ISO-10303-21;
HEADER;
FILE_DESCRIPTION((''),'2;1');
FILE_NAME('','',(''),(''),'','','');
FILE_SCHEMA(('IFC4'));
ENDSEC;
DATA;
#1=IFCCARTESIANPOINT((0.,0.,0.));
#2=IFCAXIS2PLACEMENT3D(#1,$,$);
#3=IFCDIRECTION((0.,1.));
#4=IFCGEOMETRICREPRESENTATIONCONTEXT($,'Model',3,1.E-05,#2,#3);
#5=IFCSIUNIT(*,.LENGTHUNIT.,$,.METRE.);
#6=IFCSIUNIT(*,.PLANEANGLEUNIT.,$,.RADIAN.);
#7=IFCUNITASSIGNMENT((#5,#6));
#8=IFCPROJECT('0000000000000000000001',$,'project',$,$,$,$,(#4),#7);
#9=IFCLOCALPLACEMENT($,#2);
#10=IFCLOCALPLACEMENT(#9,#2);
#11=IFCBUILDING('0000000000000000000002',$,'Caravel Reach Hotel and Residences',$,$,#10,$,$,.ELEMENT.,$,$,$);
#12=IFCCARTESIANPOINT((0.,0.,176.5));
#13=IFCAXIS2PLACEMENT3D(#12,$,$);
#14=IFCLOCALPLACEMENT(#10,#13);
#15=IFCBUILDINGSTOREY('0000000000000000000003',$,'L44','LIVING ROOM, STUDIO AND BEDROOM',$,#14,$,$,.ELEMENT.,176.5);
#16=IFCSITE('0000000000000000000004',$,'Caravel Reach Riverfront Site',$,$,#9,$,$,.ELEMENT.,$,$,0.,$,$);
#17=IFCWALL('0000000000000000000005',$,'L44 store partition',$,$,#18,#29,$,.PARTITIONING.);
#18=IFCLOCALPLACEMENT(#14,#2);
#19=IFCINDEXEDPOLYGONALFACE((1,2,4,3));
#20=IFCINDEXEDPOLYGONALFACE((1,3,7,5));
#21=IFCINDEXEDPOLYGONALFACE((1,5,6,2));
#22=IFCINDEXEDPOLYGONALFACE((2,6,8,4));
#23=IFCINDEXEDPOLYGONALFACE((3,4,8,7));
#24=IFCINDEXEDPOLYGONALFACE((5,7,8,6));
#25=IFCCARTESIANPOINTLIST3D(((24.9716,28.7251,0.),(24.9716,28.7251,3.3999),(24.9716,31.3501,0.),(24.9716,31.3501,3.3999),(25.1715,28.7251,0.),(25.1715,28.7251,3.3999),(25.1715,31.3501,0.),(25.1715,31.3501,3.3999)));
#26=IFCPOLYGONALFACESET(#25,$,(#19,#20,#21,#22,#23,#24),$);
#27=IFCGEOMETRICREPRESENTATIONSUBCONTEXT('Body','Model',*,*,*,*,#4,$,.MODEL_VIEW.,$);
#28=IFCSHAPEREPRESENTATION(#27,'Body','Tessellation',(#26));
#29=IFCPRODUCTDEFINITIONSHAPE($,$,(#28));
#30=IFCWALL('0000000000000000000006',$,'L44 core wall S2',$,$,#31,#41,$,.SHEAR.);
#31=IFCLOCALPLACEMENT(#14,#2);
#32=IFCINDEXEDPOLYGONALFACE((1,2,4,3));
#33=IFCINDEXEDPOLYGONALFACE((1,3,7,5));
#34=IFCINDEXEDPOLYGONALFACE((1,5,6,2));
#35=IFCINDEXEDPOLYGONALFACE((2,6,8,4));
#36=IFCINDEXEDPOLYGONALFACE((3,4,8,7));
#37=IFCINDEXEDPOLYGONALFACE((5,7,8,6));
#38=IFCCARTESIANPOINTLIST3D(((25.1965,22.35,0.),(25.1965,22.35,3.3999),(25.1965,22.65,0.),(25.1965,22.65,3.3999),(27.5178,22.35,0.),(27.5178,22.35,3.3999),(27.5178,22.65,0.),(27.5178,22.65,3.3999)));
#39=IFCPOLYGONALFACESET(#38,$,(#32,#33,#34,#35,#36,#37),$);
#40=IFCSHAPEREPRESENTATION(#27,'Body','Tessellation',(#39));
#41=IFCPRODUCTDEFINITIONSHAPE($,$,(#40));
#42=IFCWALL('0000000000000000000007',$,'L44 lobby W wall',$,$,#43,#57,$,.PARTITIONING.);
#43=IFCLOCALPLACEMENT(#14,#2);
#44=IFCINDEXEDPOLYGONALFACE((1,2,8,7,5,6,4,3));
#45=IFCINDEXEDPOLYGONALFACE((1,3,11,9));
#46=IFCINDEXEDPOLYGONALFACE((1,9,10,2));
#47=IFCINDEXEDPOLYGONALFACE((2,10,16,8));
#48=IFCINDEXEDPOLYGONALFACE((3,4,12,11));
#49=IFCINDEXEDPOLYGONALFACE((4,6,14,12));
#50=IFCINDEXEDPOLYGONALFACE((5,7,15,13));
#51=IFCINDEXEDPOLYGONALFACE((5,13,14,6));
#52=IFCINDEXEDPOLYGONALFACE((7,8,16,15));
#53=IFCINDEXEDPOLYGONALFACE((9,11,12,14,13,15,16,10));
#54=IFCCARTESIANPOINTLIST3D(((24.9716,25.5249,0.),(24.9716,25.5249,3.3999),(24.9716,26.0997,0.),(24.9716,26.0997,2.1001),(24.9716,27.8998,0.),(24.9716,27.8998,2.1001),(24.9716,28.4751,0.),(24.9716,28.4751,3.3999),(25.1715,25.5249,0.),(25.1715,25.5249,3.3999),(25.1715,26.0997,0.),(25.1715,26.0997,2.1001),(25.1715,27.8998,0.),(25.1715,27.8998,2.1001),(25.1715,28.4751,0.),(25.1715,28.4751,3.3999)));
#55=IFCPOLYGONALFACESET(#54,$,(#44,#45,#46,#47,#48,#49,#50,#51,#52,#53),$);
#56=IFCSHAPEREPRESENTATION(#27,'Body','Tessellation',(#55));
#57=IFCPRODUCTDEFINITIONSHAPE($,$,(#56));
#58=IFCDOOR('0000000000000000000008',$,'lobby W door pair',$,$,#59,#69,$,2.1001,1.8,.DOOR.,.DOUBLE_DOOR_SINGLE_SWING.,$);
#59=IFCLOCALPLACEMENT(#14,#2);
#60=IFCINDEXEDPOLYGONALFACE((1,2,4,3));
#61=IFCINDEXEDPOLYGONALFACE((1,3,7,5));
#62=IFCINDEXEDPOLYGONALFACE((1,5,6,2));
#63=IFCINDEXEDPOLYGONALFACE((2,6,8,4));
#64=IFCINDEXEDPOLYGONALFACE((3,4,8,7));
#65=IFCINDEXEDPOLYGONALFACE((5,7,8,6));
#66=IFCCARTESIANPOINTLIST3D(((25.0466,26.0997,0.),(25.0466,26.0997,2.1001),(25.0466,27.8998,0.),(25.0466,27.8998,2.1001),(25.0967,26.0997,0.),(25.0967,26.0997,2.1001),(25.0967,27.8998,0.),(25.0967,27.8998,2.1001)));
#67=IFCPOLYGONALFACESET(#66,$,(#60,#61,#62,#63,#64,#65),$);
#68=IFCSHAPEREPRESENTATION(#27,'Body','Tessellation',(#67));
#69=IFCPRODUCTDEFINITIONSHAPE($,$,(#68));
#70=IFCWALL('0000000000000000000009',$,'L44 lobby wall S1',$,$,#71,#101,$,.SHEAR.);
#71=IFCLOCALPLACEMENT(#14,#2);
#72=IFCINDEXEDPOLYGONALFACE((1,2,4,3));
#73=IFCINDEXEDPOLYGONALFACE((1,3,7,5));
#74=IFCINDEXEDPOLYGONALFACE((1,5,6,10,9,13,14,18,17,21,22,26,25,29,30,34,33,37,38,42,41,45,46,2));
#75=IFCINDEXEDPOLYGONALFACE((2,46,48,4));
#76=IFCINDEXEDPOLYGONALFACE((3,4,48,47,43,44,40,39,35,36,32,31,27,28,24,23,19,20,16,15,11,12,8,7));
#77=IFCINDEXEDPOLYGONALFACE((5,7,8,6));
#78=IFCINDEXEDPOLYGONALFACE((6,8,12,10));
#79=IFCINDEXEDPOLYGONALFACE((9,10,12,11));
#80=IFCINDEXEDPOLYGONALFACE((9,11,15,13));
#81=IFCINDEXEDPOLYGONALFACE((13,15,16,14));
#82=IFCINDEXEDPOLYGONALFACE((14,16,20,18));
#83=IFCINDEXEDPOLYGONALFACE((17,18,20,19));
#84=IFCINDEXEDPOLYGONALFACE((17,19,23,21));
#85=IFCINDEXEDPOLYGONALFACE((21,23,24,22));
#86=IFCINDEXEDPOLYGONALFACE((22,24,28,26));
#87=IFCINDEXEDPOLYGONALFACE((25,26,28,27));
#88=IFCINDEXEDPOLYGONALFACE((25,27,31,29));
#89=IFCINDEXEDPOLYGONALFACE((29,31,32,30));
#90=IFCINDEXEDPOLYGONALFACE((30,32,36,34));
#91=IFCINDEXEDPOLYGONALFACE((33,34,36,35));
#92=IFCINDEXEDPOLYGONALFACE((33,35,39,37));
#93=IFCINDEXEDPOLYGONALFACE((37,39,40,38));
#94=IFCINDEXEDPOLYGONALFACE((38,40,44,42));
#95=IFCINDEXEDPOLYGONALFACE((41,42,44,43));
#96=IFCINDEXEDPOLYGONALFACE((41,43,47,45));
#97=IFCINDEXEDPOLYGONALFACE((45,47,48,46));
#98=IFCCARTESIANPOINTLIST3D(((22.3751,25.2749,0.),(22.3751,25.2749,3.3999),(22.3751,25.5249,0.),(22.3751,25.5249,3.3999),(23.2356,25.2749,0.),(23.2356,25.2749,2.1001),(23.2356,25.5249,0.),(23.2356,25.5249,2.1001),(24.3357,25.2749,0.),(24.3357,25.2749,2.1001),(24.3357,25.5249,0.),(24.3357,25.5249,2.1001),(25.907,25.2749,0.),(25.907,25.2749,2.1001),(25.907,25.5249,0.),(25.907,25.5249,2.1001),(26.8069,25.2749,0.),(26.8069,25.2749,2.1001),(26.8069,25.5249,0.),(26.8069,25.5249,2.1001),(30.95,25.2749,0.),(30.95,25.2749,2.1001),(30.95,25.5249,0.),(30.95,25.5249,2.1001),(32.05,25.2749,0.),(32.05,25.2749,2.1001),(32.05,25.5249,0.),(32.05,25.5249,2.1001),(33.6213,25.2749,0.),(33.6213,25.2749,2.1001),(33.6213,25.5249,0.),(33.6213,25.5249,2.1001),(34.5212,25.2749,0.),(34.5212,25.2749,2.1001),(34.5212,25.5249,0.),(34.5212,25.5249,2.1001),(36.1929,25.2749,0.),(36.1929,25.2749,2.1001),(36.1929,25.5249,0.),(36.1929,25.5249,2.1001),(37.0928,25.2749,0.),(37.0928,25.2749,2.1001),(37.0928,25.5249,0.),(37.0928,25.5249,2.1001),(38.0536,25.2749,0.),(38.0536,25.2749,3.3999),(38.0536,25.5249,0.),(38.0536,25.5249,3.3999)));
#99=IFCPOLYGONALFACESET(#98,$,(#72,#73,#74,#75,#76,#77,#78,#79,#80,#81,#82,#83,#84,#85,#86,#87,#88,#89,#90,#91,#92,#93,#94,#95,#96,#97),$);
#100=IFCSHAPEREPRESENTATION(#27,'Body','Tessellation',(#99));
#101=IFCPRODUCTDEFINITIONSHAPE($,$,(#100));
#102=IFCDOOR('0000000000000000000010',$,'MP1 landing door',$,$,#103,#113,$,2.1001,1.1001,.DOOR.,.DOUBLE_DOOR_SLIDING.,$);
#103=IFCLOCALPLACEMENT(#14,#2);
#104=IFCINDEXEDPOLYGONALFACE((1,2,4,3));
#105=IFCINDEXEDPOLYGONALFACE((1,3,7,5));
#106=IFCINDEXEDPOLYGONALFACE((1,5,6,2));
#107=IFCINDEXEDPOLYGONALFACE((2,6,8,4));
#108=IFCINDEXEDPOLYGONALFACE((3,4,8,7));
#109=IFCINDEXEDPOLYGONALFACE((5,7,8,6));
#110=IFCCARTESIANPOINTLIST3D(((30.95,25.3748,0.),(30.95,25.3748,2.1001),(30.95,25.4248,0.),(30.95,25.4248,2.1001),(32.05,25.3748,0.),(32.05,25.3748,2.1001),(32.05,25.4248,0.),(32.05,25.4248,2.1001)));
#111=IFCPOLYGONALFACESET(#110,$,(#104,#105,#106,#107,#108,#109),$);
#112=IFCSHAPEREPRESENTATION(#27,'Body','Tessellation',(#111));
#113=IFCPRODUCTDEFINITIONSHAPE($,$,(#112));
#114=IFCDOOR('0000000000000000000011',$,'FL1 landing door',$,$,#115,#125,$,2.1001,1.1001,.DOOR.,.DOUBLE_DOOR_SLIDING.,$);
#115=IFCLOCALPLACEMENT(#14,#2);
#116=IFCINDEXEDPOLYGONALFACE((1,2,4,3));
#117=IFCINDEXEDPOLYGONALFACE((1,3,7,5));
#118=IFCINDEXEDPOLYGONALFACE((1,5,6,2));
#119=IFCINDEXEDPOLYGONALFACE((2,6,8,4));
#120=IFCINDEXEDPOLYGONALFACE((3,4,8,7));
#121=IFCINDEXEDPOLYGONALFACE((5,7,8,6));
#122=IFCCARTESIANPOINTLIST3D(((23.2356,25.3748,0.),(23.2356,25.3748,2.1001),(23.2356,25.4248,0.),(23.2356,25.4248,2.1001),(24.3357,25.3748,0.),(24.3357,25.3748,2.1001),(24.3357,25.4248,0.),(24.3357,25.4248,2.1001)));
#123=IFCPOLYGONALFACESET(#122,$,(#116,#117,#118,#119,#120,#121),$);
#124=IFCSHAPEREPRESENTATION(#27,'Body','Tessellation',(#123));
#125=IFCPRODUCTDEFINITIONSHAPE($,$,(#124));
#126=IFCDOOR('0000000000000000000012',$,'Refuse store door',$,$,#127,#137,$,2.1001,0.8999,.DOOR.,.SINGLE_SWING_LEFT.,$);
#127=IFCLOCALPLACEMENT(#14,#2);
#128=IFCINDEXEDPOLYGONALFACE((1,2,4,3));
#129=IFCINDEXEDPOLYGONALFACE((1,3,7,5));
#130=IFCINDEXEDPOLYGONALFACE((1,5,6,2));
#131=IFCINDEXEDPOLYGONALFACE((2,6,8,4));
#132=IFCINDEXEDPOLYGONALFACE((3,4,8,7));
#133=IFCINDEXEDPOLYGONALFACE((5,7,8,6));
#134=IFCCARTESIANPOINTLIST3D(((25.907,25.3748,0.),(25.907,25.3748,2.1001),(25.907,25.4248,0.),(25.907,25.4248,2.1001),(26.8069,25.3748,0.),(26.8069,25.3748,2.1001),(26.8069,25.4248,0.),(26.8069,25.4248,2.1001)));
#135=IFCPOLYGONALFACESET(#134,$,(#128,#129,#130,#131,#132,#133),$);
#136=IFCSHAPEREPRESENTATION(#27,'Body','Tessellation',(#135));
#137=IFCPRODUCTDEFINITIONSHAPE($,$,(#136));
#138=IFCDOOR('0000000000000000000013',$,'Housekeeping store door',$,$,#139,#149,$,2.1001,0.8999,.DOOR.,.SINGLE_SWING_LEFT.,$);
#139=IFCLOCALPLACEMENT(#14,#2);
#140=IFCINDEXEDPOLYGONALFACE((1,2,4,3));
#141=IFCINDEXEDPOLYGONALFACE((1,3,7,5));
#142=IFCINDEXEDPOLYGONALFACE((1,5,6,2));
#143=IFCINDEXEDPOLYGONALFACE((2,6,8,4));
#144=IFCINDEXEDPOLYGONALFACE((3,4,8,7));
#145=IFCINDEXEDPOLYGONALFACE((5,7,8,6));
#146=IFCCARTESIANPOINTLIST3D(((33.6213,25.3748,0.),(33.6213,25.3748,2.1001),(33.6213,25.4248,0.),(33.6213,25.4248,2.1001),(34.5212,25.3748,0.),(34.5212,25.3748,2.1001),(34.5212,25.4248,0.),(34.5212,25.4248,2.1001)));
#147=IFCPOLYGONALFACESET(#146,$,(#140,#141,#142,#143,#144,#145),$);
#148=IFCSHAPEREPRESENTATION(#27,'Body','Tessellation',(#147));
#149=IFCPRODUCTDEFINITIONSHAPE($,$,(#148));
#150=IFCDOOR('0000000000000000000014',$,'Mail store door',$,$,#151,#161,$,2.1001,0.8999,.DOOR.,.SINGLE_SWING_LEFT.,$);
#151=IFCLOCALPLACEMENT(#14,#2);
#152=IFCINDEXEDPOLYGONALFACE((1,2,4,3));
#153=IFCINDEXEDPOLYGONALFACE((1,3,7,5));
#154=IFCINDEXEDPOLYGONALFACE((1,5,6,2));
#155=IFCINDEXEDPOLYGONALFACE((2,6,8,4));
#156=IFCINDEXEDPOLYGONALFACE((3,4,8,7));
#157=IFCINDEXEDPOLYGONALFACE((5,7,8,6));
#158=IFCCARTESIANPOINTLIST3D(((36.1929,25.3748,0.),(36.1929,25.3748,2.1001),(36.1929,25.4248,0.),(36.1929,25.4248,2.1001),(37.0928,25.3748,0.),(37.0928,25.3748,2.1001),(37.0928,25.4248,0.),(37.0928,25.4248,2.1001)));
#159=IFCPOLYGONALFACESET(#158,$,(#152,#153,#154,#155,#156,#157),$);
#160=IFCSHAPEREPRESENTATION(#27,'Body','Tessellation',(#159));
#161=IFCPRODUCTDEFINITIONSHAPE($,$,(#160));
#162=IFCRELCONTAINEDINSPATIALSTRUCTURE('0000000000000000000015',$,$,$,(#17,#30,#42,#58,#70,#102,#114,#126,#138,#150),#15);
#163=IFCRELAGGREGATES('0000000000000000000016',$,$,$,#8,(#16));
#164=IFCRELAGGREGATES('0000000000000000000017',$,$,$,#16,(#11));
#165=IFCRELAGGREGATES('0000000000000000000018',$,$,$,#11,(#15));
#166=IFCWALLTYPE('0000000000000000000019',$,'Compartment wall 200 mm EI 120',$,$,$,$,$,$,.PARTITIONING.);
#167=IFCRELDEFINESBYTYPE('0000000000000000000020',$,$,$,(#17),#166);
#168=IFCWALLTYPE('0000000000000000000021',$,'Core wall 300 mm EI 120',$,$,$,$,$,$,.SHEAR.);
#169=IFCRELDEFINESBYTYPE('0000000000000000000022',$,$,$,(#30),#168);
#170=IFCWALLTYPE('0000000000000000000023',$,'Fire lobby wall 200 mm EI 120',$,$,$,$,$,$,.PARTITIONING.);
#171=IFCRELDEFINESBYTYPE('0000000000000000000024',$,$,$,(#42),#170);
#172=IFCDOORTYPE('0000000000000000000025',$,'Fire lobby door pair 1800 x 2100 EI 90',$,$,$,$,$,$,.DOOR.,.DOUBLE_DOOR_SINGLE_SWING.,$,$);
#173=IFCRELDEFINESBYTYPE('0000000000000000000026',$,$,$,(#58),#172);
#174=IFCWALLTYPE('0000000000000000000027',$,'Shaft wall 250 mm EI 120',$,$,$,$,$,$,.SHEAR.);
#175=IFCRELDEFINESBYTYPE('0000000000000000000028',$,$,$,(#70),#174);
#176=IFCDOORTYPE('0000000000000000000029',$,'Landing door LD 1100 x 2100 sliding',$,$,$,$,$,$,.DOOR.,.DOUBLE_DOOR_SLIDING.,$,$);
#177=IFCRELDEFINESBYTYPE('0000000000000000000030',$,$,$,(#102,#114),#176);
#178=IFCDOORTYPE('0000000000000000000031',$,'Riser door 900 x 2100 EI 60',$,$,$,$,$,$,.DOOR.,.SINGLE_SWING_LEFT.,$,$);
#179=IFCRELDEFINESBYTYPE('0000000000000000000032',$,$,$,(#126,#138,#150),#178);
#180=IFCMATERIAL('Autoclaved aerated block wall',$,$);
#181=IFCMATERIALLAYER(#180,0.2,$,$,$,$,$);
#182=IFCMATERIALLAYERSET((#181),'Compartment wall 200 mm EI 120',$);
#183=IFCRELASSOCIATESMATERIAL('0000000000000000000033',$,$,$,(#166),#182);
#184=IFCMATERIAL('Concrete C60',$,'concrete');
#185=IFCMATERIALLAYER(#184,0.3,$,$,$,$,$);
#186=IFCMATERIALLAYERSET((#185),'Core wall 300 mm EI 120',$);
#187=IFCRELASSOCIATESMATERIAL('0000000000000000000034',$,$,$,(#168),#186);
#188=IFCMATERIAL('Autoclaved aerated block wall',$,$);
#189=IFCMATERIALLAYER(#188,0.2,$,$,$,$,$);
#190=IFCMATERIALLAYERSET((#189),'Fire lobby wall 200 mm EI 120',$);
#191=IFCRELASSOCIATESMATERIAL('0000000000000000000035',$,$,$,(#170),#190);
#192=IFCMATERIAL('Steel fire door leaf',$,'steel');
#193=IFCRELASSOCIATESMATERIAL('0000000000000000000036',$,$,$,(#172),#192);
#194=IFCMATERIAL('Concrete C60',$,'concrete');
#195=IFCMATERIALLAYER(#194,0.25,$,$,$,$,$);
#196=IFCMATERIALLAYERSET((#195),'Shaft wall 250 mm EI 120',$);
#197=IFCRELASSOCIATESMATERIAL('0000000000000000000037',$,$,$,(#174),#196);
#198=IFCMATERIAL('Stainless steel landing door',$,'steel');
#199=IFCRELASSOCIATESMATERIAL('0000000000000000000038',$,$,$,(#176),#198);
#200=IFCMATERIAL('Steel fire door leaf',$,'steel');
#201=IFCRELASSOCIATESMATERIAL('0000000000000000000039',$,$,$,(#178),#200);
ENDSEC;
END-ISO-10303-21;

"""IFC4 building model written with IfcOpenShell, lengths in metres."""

from ifc_helpers import new_model, si_unit, direction, frame, frame_2d, origin, place, context, subcontext, project, spatial, rectangle, extrude, material, layer, layer_set, type_object, element, fill, save


model = new_model("IFC4")

# Units and contexts
model_context = context("Model", 3, precision=1e-05, world=origin(), true_north=direction((0.0, 1.0)))
body_context = subcontext(model_context, "Body", "Model", "MODEL_VIEW")
ifc_project = project(units=[si_unit("LENGTHUNIT", "METRE"), si_unit("PLANEANGLEUNIT", "RADIAN")], contexts=[model_context])

# Site, building, storey
site_placement = place(None, origin())
site = spatial("IfcSite", under=ifc_project, at=site_placement, Name="Caravel Reach Riverfront Site", CompositionType="ELEMENT", RefElevation=0.0)
building_placement = place(site_placement, origin())
building = spatial("IfcBuilding", under=site, at=building_placement, Name="Caravel Reach Hotel and Residences", CompositionType="ELEMENT")
storey_placement = place(building_placement, frame((0.0, 0.0, 176.5)))
storey = spatial("IfcBuildingStorey", under=building, at=storey_placement, Name="L44", Description="LIVING ROOM, STUDIO AND BEDROOM", CompositionType="ELEMENT", Elevation=176.5)

# Walls
ifc_material_1 = material(Name="Autoclaved aerated block wall")
ifc_layer_1 = layer(ifc_material_1, 0.2)
ifc_layer_set_1 = layer_set([ifc_layer_1], Name="Compartment wall 200 mm EI 120")
wall_type_1 = type_object("IfcWallType", Name="Compartment wall 200 mm EI 120", PredefinedType="PARTITIONING", material=ifc_layer_set_1)
wall_1_placement = place(storey_placement, frame((25.0715, 28.7251, 0.0), z_axis=(0.0, 0.0, 1.0), x_axis=(0.0, 1.0, 0.0)))
element("IfcWall", 1, at=wall_1_placement, inside=storey, type_object=wall_type_1, Name="L44 store partition", PredefinedType="PARTITIONING", context=body_context, shape_type="SweptSolid", body=[
    extrude(rectangle(XDim=2.625, YDim=0.2, at=frame_2d((1.3125, 0.0))), origin(), (0.0, 0.0, 1.0), 3.3999),
])
ifc_material_2 = material(Name="Concrete C60", Category="concrete")
ifc_layer_2 = layer(ifc_material_2, 0.3)
ifc_layer_set_2 = layer_set([ifc_layer_2], Name="Core wall 300 mm EI 120")
wall_type_2 = type_object("IfcWallType", Name="Core wall 300 mm EI 120", PredefinedType="SHEAR", material=ifc_layer_set_2)
wall_2_placement = place(storey_placement, frame((25.1965, 22.5, 0.0), z_axis=(0.0, 0.0, 1.0), x_axis=(1.0, 0.0, 0.0)))
element("IfcWall", 2, at=wall_2_placement, inside=storey, type_object=wall_type_2, Name="L44 core wall S2", PredefinedType="SHEAR", context=body_context, shape_type="SweptSolid", body=[
    extrude(rectangle(XDim=2.3213, YDim=0.3, at=frame_2d((1.1606, 0.0))), origin(), (0.0, 0.0, 1.0), 3.3999),
])

# Wall, opening, door
ifc_material_3 = material(Name="Autoclaved aerated block wall")
ifc_layer_3 = layer(ifc_material_3, 0.2)
ifc_layer_set_3 = layer_set([ifc_layer_3], Name="Fire lobby wall 200 mm EI 120")
wall_type_3 = type_object("IfcWallType", Name="Fire lobby wall 200 mm EI 120", PredefinedType="PARTITIONING", material=ifc_layer_set_3)
wall_3_placement = place(storey_placement, frame((25.0715, 25.5249, 0.0), z_axis=(0.0, 0.0, 1.0), x_axis=(0.0, 1.0, 0.0)))
wall_3 = element("IfcWall", 3, at=wall_3_placement, inside=storey, type_object=wall_type_3, Name="L44 lobby W wall", PredefinedType="PARTITIONING", context=body_context, shape_type="SweptSolid", body=[
    extrude(rectangle(XDim=2.9502, YDim=0.2, at=frame_2d((1.4751, 0.0))), origin(), (0.0, 0.0, 1.0), 3.3999),
])
opening_1_placement = place(wall_3_placement, frame((0.575, 0.0, 0.0)))
opening_1 = element("IfcOpeningElement", 4, at=opening_1_placement, cuts=wall_3, PredefinedType="OPENING", context=body_context, shape_type="SweptSolid", body=[
    extrude(rectangle(XDim=1.8, YDim=2.1001, at=frame_2d((0.8999, 1.05))), frame((0.0, 0.1099, 0.0), z_axis=(0.0, -1.0, 0.0), x_axis=(1.0, 0.0, 0.0)), (0.0, 0.0, 1.0), 0.22),
])
ifc_material_4 = material(Name="Steel fire door leaf", Category="steel")
door_type_1 = type_object("IfcDoorType", Name="Fire lobby door pair 1800 x 2100 EI 90", OperationType="DOUBLE_DOOR_SINGLE_SWING", PredefinedType="DOOR", material=ifc_material_4)
door_1_placement = place(opening_1_placement, origin())
door_1 = element("IfcDoor", 5, at=door_1_placement, inside=storey, type_object=door_type_1, Name="lobby W door pair", OperationType="DOUBLE_DOOR_SINGLE_SWING", OverallHeight=2.1001, OverallWidth=1.8, PredefinedType="DOOR", context=body_context, shape_type="SweptSolid", body=[
    extrude(rectangle(XDim=1.8, YDim=2.1001, at=frame_2d((0.8999, 1.05))), frame((0.0, 0.0249, 0.0), z_axis=(0.0, -1.0, 0.0), x_axis=(1.0, 0.0, 0.0)), (0.0, 0.0, 1.0), 0.05),
])
fill(opening_1, door_1)

# Wall, openings, doors
ifc_material_5 = material(Name="Concrete C60", Category="concrete")
ifc_layer_4 = layer(ifc_material_5, 0.25)
ifc_layer_set_4 = layer_set([ifc_layer_4], Name="Shaft wall 250 mm EI 120")
wall_type_4 = type_object("IfcWallType", Name="Shaft wall 250 mm EI 120", PredefinedType="SHEAR", material=ifc_layer_set_4)
wall_4_placement = place(storey_placement, frame((22.375, 25.3999, 0.0), z_axis=(0.0, 0.0, 1.0), x_axis=(1.0, 0.0, 0.0)))
wall_4 = element("IfcWall", 6, at=wall_4_placement, inside=storey, type_object=wall_type_4, Name="L44 lobby wall S1", PredefinedType="SHEAR", context=body_context, shape_type="SweptSolid", body=[
    extrude(rectangle(XDim=15.6785, YDim=0.25, at=frame_2d((7.8394, 0.0))), origin(), (0.0, 0.0, 1.0), 3.3999),
])
opening_2_placement = place(wall_4_placement, frame((8.575, 0.0, 0.0)))
opening_2 = element("IfcOpeningElement", 7, at=opening_2_placement, cuts=wall_4, PredefinedType="OPENING", context=body_context, shape_type="SweptSolid", body=[
    extrude(rectangle(XDim=1.1001, YDim=2.1001, at=frame_2d((0.55, 1.05))), frame((0.0, 0.135, 0.0), z_axis=(0.0, -1.0, 0.0), x_axis=(1.0, 0.0, 0.0)), (0.0, 0.0, 1.0), 0.27),
])
opening_3_placement = place(wall_4_placement, frame((0.8606, 0.0, 0.0)))
opening_3 = element("IfcOpeningElement", 8, at=opening_3_placement, cuts=wall_4, PredefinedType="OPENING", context=body_context, shape_type="SweptSolid", body=[
    extrude(rectangle(XDim=1.1001, YDim=2.1001, at=frame_2d((0.55, 1.05))), frame((0.0, 0.135, 0.0), z_axis=(0.0, -1.0, 0.0), x_axis=(1.0, 0.0, 0.0)), (0.0, 0.0, 1.0), 0.27),
])
opening_4_placement = place(wall_4_placement, frame((3.532, 0.0, 0.0)))
opening_4 = element("IfcOpeningElement", 9, at=opening_4_placement, cuts=wall_4, PredefinedType="OPENING", context=body_context, shape_type="SweptSolid", body=[
    extrude(rectangle(XDim=0.8999, YDim=2.1001, at=frame_2d((0.45, 1.05))), frame((0.0, 0.135, 0.0), z_axis=(0.0, -1.0, 0.0), x_axis=(1.0, 0.0, 0.0)), (0.0, 0.0, 1.0), 0.27),
])
opening_5_placement = place(wall_4_placement, frame((11.2463, 0.0, 0.0)))
opening_5 = element("IfcOpeningElement", 10, at=opening_5_placement, cuts=wall_4, PredefinedType="OPENING", context=body_context, shape_type="SweptSolid", body=[
    extrude(rectangle(XDim=0.8999, YDim=2.1001, at=frame_2d((0.45, 1.05))), frame((0.0, 0.135, 0.0), z_axis=(0.0, -1.0, 0.0), x_axis=(1.0, 0.0, 0.0)), (0.0, 0.0, 1.0), 0.27),
])
opening_6_placement = place(wall_4_placement, frame((13.8179, 0.0, 0.0)))
opening_6 = element("IfcOpeningElement", 11, at=opening_6_placement, cuts=wall_4, PredefinedType="OPENING", context=body_context, shape_type="SweptSolid", body=[
    extrude(rectangle(XDim=0.8999, YDim=2.1001, at=frame_2d((0.45, 1.05))), frame((0.0, 0.135, 0.0), z_axis=(0.0, -1.0, 0.0), x_axis=(1.0, 0.0, 0.0)), (0.0, 0.0, 1.0), 0.27),
])
ifc_material_6 = material(Name="Stainless steel landing door", Category="steel")
door_type_2 = type_object("IfcDoorType", Name="Landing door LD 1100 x 2100 sliding", OperationType="DOUBLE_DOOR_SLIDING", PredefinedType="DOOR", material=ifc_material_6)
door_2_placement = place(opening_2_placement, origin())
door_2 = element("IfcDoor", 12, at=door_2_placement, inside=storey, type_object=door_type_2, Name="MP1 landing door", OperationType="DOUBLE_DOOR_SLIDING", OverallHeight=2.1001, OverallWidth=1.1001, PredefinedType="DOOR", context=body_context, shape_type="SweptSolid", body=[
    extrude(rectangle(XDim=1.1001, YDim=2.1001, at=frame_2d((0.55, 1.05))), frame((0.0, 0.0249, 0.0), z_axis=(0.0, -1.0, 0.0), x_axis=(1.0, 0.0, 0.0)), (0.0, 0.0, 1.0), 0.05),
])
fill(opening_2, door_2)
door_3_placement = place(opening_3_placement, origin())
door_3 = element("IfcDoor", 13, at=door_3_placement, inside=storey, type_object=door_type_2, Name="FL1 landing door", OperationType="DOUBLE_DOOR_SLIDING", OverallHeight=2.1001, OverallWidth=1.1001, PredefinedType="DOOR", context=body_context, shape_type="SweptSolid", body=[
    extrude(rectangle(XDim=1.1001, YDim=2.1001, at=frame_2d((0.55, 1.05))), frame((0.0, 0.0249, 0.0), z_axis=(0.0, -1.0, 0.0), x_axis=(1.0, 0.0, 0.0)), (0.0, 0.0, 1.0), 0.05),
])
fill(opening_3, door_3)
ifc_material_7 = material(Name="Steel fire door leaf", Category="steel")
door_type_3 = type_object("IfcDoorType", Name="Riser door 900 x 2100 EI 60", OperationType="SINGLE_SWING_LEFT", PredefinedType="DOOR", material=ifc_material_7)
door_4_placement = place(opening_4_placement, origin())
door_4 = element("IfcDoor", 14, at=door_4_placement, inside=storey, type_object=door_type_3, Name="Refuse store door", OperationType="SINGLE_SWING_LEFT", OverallHeight=2.1001, OverallWidth=0.8999, PredefinedType="DOOR", context=body_context, shape_type="SweptSolid", body=[
    extrude(rectangle(XDim=0.8999, YDim=2.1001, at=frame_2d((0.45, 1.05))), frame((0.0, 0.0249, 0.0), z_axis=(0.0, -1.0, 0.0), x_axis=(1.0, 0.0, 0.0)), (0.0, 0.0, 1.0), 0.05),
])
fill(opening_4, door_4)
door_5_placement = place(opening_5_placement, origin())
door_5 = element("IfcDoor", 15, at=door_5_placement, inside=storey, type_object=door_type_3, Name="Housekeeping store door", OperationType="SINGLE_SWING_LEFT", OverallHeight=2.1001, OverallWidth=0.8999, PredefinedType="DOOR", context=body_context, shape_type="SweptSolid", body=[
    extrude(rectangle(XDim=0.8999, YDim=2.1001, at=frame_2d((0.45, 1.05))), frame((0.0, 0.0249, 0.0), z_axis=(0.0, -1.0, 0.0), x_axis=(1.0, 0.0, 0.0)), (0.0, 0.0, 1.0), 0.05),
])
fill(opening_5, door_5)
door_6_placement = place(opening_6_placement, origin())
door_6 = element("IfcDoor", 16, at=door_6_placement, inside=storey, type_object=door_type_3, Name="Mail store door", OperationType="SINGLE_SWING_LEFT", OverallHeight=2.1001, OverallWidth=0.8999, PredefinedType="DOOR", context=body_context, shape_type="SweptSolid", body=[
    extrude(rectangle(XDim=0.8999, YDim=2.1001, at=frame_2d((0.45, 1.05))), frame((0.0, 0.0249, 0.0), z_axis=(0.0, -1.0, 0.0), x_axis=(1.0, 0.0, 0.0)), (0.0, 0.0, 1.0), 0.05),
])
fill(opening_6, door_6)

save(model, "model.ifc")
